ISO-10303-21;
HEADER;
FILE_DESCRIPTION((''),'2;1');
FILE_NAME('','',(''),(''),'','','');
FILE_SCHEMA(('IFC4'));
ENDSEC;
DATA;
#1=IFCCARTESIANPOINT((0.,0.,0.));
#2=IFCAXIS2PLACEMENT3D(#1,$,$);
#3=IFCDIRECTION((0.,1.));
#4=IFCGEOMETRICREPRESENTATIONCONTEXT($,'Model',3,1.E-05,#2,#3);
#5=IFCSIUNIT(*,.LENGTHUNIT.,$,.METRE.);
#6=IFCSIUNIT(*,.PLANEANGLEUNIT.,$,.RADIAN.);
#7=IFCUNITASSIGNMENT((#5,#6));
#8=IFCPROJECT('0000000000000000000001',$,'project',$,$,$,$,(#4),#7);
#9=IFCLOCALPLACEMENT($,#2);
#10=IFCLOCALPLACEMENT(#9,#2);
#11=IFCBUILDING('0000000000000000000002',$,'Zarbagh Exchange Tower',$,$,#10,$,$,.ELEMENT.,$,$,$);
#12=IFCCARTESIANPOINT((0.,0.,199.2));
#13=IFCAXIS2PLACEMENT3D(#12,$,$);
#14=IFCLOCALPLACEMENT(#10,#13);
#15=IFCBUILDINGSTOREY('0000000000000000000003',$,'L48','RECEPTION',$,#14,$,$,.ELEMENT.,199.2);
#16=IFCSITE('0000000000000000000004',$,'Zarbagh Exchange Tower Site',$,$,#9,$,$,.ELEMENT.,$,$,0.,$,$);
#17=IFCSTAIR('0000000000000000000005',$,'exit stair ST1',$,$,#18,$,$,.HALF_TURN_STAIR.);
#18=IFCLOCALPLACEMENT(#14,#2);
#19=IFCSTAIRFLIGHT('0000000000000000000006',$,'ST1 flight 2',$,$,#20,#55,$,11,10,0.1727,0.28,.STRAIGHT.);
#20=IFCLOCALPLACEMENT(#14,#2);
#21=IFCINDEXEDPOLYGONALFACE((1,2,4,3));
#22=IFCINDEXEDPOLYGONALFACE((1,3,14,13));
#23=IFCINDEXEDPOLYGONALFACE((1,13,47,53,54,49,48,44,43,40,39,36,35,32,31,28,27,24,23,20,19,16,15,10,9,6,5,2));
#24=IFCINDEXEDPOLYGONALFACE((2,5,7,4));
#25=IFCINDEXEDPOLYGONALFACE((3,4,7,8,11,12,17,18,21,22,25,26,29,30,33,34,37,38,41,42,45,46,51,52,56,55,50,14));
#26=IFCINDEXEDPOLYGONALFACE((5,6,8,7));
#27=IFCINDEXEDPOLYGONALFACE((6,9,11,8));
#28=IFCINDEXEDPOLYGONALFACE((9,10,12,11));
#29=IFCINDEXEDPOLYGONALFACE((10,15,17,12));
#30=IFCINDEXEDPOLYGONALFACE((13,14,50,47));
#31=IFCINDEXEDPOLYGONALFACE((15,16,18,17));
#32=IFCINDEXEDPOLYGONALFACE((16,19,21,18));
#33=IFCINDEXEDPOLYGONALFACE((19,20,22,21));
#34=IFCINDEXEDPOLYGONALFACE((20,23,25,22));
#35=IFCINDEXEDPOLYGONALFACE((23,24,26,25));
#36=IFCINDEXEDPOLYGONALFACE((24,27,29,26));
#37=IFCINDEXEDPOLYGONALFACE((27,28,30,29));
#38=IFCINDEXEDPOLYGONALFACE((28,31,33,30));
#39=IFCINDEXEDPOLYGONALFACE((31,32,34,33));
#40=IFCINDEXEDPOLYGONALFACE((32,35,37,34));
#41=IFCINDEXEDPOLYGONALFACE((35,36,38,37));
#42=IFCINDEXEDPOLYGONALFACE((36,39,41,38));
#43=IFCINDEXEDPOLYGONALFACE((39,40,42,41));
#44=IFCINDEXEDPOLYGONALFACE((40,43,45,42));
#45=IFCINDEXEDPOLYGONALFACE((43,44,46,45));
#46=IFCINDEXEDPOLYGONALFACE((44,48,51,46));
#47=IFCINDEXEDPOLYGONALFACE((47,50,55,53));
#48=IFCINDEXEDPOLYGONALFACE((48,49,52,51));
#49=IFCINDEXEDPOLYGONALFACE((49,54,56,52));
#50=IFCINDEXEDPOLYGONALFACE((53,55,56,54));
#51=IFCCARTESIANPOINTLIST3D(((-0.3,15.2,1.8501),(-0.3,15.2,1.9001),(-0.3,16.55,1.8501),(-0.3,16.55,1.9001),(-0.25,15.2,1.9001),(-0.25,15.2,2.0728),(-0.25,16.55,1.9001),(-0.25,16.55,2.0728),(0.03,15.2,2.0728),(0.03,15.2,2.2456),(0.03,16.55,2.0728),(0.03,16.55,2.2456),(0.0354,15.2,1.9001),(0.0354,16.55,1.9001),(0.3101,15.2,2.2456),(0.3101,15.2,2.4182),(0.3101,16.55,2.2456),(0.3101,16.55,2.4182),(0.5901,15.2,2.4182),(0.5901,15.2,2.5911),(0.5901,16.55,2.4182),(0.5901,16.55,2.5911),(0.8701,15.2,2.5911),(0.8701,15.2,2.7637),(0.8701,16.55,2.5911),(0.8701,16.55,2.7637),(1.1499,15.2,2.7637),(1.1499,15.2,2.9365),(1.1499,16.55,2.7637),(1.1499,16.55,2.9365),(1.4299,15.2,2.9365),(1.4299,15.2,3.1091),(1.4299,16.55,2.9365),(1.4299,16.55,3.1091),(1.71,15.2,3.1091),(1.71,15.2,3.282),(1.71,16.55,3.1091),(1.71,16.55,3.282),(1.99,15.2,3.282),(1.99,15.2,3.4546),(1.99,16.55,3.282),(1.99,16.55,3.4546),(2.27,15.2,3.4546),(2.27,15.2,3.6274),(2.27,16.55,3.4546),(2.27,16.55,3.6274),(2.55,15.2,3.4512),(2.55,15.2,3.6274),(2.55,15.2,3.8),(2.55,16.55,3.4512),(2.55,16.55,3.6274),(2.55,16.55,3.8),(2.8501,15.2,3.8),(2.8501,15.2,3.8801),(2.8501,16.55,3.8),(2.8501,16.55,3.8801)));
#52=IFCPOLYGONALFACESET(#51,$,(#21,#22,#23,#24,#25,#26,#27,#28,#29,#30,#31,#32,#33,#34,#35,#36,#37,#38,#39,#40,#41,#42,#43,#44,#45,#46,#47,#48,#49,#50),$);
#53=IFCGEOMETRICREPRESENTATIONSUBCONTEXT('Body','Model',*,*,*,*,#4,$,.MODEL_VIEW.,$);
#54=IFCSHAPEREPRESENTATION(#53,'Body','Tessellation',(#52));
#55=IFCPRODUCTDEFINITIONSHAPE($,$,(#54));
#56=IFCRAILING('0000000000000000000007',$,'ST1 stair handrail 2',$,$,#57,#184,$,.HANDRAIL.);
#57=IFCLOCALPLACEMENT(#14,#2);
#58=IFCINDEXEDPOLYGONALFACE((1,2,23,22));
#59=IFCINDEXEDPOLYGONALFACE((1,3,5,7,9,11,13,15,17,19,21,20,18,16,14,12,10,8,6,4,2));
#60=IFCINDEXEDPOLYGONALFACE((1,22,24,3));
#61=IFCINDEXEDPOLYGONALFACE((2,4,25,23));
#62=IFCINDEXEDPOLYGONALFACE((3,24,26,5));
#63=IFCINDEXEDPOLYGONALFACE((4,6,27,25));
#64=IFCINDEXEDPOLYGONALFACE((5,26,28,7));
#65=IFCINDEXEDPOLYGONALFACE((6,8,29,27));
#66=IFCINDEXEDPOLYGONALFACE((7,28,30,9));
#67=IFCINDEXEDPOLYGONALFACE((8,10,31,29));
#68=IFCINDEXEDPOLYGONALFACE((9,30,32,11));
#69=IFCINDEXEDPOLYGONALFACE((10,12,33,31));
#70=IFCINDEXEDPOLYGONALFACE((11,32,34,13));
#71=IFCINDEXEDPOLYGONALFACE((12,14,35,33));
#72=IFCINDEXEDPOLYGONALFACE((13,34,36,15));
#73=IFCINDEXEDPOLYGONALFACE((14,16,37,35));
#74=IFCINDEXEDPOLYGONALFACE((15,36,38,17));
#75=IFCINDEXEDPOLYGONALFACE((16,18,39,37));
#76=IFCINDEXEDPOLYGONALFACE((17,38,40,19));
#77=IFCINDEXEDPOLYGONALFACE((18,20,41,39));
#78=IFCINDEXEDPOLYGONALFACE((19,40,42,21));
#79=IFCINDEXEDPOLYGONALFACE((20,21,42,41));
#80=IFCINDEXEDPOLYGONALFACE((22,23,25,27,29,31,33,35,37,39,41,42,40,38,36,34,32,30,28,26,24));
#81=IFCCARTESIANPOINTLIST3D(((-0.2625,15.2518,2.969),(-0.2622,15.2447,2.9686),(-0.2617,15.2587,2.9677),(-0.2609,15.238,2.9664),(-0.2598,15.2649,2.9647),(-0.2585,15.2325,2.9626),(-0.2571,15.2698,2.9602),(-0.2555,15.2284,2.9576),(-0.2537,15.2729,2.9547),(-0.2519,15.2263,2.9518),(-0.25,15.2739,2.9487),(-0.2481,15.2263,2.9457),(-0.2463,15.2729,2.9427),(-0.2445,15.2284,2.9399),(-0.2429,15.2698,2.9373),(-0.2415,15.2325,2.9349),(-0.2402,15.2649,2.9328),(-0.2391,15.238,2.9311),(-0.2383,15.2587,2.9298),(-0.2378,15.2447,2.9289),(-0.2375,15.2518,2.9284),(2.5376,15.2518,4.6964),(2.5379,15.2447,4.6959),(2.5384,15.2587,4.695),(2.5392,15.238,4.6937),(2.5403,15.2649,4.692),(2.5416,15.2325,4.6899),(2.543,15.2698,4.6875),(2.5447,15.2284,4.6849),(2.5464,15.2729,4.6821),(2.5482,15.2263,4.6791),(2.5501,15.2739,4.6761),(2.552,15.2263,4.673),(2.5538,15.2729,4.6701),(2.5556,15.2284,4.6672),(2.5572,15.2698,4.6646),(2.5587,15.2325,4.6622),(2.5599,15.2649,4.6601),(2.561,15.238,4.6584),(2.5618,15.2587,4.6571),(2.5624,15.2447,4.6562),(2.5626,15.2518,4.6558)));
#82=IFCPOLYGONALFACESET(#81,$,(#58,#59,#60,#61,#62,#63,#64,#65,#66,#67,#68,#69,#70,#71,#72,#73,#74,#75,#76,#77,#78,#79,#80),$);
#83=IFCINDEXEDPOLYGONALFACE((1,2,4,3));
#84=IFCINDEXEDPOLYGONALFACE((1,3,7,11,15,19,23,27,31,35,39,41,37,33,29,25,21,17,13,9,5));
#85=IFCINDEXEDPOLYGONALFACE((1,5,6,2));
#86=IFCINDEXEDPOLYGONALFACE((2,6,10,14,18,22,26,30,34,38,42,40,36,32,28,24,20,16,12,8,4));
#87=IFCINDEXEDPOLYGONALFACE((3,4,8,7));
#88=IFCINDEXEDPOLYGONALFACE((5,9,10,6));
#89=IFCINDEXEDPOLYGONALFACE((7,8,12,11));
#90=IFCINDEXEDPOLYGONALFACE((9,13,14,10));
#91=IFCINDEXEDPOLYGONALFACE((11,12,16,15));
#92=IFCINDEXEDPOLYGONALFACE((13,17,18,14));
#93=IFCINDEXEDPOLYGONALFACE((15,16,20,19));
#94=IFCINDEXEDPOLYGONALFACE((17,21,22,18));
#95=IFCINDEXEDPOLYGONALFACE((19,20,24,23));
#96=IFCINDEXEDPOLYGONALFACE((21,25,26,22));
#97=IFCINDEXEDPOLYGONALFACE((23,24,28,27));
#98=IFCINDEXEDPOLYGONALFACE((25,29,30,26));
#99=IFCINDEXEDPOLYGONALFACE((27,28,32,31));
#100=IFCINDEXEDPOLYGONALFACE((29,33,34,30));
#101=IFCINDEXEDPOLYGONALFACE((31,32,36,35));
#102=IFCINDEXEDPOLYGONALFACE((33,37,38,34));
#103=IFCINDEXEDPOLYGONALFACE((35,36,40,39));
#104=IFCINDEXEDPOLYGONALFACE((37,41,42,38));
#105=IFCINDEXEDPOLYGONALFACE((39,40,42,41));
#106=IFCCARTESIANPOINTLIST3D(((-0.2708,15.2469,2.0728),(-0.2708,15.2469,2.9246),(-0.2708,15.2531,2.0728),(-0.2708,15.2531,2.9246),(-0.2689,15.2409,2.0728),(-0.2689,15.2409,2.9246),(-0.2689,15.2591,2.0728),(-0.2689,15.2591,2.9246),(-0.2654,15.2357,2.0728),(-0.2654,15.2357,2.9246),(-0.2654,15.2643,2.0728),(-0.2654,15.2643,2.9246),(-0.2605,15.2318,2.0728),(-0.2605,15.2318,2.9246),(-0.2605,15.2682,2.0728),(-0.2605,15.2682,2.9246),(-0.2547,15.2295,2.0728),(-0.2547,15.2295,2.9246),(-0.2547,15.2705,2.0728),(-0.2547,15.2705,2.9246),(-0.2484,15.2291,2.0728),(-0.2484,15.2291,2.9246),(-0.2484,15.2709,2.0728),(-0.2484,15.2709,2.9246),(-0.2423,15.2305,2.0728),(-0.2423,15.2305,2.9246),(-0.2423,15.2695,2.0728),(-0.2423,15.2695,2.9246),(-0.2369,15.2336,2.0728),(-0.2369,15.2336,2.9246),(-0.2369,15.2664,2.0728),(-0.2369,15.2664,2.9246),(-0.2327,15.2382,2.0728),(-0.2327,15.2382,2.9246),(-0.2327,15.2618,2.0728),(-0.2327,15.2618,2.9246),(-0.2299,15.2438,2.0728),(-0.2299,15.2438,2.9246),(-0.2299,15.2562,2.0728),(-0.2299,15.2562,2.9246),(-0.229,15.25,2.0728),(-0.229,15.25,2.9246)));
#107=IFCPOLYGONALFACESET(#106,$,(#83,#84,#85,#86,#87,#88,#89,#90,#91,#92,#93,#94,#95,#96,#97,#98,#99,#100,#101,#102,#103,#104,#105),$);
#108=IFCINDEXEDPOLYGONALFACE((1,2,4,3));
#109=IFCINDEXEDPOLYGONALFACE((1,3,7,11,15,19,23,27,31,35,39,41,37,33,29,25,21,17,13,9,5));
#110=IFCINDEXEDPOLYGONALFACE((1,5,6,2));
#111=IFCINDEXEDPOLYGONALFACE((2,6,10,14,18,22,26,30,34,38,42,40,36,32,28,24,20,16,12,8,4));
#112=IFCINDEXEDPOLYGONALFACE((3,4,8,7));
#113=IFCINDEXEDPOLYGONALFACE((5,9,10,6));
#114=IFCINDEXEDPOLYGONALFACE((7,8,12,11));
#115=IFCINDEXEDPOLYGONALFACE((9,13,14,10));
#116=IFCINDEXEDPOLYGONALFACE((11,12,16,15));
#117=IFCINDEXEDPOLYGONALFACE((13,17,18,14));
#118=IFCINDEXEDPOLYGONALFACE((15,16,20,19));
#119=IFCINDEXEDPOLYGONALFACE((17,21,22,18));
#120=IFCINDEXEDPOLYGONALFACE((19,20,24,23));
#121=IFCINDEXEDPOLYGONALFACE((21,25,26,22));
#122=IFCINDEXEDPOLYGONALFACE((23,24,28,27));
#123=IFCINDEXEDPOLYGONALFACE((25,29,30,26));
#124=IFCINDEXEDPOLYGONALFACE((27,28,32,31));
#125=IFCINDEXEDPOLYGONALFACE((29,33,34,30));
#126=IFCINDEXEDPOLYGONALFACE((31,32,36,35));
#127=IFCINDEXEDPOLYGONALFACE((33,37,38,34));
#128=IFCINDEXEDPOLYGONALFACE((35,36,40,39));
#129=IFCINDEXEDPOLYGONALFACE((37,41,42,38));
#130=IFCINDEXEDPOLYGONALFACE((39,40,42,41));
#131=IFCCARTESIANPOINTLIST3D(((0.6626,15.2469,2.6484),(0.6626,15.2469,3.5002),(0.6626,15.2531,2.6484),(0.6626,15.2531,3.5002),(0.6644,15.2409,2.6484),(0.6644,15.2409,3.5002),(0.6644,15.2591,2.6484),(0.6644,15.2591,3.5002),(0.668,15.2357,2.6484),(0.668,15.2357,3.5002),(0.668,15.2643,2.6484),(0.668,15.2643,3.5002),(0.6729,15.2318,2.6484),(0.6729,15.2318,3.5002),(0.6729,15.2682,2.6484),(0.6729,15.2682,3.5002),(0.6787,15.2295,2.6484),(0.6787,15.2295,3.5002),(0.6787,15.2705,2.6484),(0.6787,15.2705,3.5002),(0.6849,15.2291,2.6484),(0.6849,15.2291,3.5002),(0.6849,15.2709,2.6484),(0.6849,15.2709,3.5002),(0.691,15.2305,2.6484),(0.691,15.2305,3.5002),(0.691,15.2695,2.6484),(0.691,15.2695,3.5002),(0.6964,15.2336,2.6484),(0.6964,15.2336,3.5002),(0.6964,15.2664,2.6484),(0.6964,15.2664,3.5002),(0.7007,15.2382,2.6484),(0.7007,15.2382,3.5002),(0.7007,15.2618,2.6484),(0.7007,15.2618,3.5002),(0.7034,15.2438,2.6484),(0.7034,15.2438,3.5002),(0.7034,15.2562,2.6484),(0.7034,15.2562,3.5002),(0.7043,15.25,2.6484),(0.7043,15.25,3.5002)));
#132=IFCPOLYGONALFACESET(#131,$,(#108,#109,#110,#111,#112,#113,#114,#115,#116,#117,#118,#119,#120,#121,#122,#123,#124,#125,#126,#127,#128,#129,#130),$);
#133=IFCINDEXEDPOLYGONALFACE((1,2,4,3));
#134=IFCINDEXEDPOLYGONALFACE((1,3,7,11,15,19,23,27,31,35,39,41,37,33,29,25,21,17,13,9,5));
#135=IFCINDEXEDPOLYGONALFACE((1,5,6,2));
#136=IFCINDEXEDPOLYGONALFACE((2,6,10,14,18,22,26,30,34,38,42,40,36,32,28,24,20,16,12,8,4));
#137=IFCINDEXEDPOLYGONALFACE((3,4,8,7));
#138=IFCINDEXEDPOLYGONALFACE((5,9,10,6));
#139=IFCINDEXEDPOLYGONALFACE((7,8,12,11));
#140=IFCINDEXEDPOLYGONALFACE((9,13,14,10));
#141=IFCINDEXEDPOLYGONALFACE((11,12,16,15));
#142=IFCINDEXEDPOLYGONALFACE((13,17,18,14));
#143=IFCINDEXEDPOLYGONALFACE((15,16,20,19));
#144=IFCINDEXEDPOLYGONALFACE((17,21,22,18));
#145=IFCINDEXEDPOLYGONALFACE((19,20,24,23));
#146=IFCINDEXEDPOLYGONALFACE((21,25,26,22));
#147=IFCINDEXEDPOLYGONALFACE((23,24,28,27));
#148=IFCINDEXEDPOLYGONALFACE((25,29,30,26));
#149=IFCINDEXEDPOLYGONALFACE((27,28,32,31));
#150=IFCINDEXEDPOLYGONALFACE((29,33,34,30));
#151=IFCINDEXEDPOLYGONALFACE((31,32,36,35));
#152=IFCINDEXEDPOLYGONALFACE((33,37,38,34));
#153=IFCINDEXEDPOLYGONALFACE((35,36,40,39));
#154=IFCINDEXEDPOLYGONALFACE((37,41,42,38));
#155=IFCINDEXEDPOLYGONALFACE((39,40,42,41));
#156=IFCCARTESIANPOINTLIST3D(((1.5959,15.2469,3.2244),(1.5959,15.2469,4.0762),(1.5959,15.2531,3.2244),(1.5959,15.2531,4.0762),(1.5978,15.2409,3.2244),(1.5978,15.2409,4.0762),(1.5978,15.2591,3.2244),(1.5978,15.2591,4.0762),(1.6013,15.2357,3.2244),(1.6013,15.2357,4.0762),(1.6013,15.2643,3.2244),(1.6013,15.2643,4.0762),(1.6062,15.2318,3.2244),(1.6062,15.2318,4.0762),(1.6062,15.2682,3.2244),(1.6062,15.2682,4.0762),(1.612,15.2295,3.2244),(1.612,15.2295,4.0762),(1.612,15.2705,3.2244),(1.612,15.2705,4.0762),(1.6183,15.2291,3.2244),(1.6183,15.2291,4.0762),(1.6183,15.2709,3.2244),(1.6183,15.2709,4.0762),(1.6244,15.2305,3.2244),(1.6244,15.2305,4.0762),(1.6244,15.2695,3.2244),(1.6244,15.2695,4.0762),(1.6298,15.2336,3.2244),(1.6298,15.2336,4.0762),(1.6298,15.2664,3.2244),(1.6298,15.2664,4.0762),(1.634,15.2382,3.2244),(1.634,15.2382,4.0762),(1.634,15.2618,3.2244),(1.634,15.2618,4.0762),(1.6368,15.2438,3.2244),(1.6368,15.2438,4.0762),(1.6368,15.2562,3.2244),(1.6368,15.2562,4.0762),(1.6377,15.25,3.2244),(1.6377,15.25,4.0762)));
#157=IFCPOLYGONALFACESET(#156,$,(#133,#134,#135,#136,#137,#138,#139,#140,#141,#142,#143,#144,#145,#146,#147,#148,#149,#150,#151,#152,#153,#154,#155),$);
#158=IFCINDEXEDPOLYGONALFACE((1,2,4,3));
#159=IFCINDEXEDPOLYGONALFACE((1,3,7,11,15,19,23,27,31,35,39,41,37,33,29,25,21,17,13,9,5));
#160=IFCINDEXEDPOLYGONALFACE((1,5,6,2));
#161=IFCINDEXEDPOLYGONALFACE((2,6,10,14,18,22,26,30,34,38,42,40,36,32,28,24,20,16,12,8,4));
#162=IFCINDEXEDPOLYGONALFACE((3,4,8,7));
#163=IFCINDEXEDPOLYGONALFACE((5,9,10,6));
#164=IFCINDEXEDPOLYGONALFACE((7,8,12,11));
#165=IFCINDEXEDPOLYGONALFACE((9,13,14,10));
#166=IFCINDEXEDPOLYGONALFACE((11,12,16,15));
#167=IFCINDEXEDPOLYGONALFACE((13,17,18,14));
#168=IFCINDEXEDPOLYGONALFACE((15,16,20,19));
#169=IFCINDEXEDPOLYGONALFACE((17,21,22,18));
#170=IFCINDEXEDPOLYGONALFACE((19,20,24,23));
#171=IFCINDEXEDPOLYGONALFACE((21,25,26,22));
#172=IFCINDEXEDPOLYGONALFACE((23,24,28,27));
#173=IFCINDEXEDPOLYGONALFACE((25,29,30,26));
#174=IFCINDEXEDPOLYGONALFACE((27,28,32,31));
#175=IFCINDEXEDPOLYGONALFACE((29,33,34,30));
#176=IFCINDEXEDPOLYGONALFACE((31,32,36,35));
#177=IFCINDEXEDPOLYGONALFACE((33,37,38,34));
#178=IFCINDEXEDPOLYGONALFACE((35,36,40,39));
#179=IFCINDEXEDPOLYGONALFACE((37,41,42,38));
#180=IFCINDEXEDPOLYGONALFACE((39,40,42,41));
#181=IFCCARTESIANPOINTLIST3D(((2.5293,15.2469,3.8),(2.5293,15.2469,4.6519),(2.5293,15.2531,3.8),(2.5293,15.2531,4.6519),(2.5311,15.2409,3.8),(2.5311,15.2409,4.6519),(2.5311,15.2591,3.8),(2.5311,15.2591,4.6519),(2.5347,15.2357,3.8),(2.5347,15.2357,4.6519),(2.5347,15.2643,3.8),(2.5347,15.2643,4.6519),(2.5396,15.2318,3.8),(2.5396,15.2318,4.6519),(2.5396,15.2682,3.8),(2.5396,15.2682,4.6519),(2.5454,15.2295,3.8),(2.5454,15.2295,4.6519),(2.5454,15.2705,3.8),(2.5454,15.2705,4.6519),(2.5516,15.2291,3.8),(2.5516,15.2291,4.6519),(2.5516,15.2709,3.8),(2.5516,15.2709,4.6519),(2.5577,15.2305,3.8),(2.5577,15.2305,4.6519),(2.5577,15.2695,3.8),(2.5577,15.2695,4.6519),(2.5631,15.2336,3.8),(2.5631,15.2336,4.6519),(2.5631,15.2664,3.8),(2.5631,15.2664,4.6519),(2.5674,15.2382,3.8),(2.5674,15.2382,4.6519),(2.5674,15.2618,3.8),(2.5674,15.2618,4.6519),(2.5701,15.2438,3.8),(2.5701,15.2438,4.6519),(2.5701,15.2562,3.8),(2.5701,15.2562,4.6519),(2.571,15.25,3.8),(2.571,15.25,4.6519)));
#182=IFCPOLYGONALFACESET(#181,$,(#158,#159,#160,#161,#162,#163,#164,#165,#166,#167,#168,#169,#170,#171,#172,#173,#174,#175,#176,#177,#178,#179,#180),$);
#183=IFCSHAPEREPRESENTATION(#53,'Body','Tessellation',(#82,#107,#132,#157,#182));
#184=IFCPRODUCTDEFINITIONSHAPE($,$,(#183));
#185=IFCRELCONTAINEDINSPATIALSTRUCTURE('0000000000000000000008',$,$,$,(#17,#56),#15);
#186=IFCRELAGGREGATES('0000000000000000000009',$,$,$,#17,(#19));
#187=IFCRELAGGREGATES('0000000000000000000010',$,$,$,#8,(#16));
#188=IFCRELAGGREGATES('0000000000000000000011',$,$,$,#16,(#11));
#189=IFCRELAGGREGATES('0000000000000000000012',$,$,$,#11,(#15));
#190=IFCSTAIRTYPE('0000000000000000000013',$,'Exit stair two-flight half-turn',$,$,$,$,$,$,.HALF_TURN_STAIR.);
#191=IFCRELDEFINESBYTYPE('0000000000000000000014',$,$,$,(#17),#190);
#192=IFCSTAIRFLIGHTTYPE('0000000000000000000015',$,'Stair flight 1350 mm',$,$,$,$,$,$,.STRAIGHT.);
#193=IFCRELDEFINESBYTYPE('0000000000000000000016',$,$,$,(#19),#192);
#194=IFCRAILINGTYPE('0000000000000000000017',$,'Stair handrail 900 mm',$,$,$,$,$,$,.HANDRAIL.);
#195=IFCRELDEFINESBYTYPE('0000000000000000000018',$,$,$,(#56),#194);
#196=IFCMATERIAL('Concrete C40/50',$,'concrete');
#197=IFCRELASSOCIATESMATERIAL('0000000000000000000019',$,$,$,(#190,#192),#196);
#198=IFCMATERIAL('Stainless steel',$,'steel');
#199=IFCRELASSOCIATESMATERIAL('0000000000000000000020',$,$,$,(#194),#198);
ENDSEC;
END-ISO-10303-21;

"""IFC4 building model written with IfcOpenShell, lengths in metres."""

from ifc_helpers import new_model, si_unit, direction, frame, origin, origin_2d, place, context, subcontext, project, spatial, polyline, circle, outline, extrude, material, type_object, element, aggregate, save


model = new_model("IFC4")

# Units and contexts
model_context = context("Model", 3, precision=1e-05, world=origin(), true_north=direction((0.0, 1.0)))
body_context = subcontext(model_context, "Body", "Model", "MODEL_VIEW")
ifc_project = project(units=[si_unit("LENGTHUNIT", "METRE"), si_unit("PLANEANGLEUNIT", "RADIAN")], contexts=[model_context])

# Site, building, storey
site_placement = place(None, origin())
site = spatial("IfcSite", under=ifc_project, at=site_placement, Name="Zarbagh Exchange Tower Site", CompositionType="ELEMENT", RefElevation=0.0)
building_placement = place(site_placement, origin())
building = spatial("IfcBuilding", under=site, at=building_placement, Name="Zarbagh Exchange Tower", CompositionType="ELEMENT")
storey_placement = place(building_placement, frame((0.0, 0.0, 199.2)))
storey = spatial("IfcBuildingStorey", under=building, at=storey_placement, Name="L48", Description="RECEPTION", CompositionType="ELEMENT", Elevation=199.2)

# Stair, stair flight
ifc_material_1 = material(Name="Concrete C40/50", Category="concrete")
stair_type = type_object("IfcStairType", Name="Exit stair two-flight half-turn", PredefinedType="HALF_TURN_STAIR", material=ifc_material_1)
stair_placement = place(storey_placement, origin())
stair = element("IfcStair", 1, at=stair_placement, inside=storey, type_object=stair_type, Name="exit stair ST1", PredefinedType="HALF_TURN_STAIR")
stair_flight_type = type_object("IfcStairFlightType", Name="Stair flight 1350 mm", PredefinedType="STRAIGHT", material=ifc_material_1)
stair_flight_placement = place(storey_placement, frame((-0.25, 15.875, 1.9001), z_axis=(0.0, 0.0, 1.0), x_axis=(1.0, 0.0, 0.0)))
stair_flight = element("IfcStairFlight", 2, at=stair_flight_placement, type_object=stair_flight_type, Name="ST1 flight 2", NumberOfRisers=11, NumberOfTreads=10, PredefinedType="STRAIGHT", RiserHeight=0.1727, TreadLength=0.28, context=body_context, shape_type="SweptSolid", body=[
    extrude(outline(polyline([(-0.05, -0.05), (-0.05, 0.0), (0.0, 0.0), (0.0, 0.1726), (0.28, 0.1726), (0.28, 0.3455), (0.5601, 0.3455), (0.5601, 0.5181), (0.8401, 0.5181), (0.8401, 0.6909), (1.1201, 0.6909), (1.1201, 0.8635), (1.3999, 0.8635), (1.3999, 1.0364), (1.6799, 1.0364), (1.6799, 1.209), (1.96, 1.209), (1.96, 1.3818), (2.24, 1.3818), (2.24, 1.5544), (2.52, 1.5544), (2.52, 1.7273), (2.8, 1.7273), (2.8, 1.8999), (3.1001, 1.98), (3.1001, 1.8999), (2.8, 1.551), (0.2854, 0.0), (-0.05, -0.05)])), frame((0.0, 0.675, 0.0), z_axis=(0.0, -1.0, 0.0), x_axis=(1.0, 0.0, 0.0)), (0.0, 0.0, 1.0), 1.3501),
])
aggregate(stair, [stair_flight])

# Railing
ifc_material_2 = material(Name="Stainless steel", Category="steel")
railing_type = type_object("IfcRailingType", Name="Stair handrail 900 mm", PredefinedType="HANDRAIL", material=ifc_material_2)
railing_placement = place(storey_placement, frame((-0.25, 15.25, 2.0728)))
element("IfcRailing", 3, at=railing_placement, inside=storey, type_object=railing_type, Name="ST1 stair handrail 2", PredefinedType="HANDRAIL", context=body_context, shape_type="SweptSolid", body=[
    extrude(circle(Radius=0.0239, at=origin_2d()), frame((0.0, 0.0, 0.876), z_axis=(0.85109, 0.0, 0.52502), x_axis=(0.0, 1.0, 0.0)), (0.0, 0.0, 1.0), 3.29),
    extrude(circle(Radius=0.021, at=origin_2d()), origin(), (0.0, 0.0, 1.0), 0.8518),
    extrude(circle(Radius=0.021, at=origin_2d()), frame((0.9333, 0.0, 0.5757)), (0.0, 0.0, 1.0), 0.8518),
    extrude(circle(Radius=0.021, at=origin_2d()), frame((1.8667, 0.0, 1.1516)), (0.0, 0.0, 1.0), 0.8518),
    extrude(circle(Radius=0.021, at=origin_2d()), frame((2.8, 0.0, 1.7273)), (0.0, 0.0, 1.0), 0.8518),
])

save(model, "model.ifc")
